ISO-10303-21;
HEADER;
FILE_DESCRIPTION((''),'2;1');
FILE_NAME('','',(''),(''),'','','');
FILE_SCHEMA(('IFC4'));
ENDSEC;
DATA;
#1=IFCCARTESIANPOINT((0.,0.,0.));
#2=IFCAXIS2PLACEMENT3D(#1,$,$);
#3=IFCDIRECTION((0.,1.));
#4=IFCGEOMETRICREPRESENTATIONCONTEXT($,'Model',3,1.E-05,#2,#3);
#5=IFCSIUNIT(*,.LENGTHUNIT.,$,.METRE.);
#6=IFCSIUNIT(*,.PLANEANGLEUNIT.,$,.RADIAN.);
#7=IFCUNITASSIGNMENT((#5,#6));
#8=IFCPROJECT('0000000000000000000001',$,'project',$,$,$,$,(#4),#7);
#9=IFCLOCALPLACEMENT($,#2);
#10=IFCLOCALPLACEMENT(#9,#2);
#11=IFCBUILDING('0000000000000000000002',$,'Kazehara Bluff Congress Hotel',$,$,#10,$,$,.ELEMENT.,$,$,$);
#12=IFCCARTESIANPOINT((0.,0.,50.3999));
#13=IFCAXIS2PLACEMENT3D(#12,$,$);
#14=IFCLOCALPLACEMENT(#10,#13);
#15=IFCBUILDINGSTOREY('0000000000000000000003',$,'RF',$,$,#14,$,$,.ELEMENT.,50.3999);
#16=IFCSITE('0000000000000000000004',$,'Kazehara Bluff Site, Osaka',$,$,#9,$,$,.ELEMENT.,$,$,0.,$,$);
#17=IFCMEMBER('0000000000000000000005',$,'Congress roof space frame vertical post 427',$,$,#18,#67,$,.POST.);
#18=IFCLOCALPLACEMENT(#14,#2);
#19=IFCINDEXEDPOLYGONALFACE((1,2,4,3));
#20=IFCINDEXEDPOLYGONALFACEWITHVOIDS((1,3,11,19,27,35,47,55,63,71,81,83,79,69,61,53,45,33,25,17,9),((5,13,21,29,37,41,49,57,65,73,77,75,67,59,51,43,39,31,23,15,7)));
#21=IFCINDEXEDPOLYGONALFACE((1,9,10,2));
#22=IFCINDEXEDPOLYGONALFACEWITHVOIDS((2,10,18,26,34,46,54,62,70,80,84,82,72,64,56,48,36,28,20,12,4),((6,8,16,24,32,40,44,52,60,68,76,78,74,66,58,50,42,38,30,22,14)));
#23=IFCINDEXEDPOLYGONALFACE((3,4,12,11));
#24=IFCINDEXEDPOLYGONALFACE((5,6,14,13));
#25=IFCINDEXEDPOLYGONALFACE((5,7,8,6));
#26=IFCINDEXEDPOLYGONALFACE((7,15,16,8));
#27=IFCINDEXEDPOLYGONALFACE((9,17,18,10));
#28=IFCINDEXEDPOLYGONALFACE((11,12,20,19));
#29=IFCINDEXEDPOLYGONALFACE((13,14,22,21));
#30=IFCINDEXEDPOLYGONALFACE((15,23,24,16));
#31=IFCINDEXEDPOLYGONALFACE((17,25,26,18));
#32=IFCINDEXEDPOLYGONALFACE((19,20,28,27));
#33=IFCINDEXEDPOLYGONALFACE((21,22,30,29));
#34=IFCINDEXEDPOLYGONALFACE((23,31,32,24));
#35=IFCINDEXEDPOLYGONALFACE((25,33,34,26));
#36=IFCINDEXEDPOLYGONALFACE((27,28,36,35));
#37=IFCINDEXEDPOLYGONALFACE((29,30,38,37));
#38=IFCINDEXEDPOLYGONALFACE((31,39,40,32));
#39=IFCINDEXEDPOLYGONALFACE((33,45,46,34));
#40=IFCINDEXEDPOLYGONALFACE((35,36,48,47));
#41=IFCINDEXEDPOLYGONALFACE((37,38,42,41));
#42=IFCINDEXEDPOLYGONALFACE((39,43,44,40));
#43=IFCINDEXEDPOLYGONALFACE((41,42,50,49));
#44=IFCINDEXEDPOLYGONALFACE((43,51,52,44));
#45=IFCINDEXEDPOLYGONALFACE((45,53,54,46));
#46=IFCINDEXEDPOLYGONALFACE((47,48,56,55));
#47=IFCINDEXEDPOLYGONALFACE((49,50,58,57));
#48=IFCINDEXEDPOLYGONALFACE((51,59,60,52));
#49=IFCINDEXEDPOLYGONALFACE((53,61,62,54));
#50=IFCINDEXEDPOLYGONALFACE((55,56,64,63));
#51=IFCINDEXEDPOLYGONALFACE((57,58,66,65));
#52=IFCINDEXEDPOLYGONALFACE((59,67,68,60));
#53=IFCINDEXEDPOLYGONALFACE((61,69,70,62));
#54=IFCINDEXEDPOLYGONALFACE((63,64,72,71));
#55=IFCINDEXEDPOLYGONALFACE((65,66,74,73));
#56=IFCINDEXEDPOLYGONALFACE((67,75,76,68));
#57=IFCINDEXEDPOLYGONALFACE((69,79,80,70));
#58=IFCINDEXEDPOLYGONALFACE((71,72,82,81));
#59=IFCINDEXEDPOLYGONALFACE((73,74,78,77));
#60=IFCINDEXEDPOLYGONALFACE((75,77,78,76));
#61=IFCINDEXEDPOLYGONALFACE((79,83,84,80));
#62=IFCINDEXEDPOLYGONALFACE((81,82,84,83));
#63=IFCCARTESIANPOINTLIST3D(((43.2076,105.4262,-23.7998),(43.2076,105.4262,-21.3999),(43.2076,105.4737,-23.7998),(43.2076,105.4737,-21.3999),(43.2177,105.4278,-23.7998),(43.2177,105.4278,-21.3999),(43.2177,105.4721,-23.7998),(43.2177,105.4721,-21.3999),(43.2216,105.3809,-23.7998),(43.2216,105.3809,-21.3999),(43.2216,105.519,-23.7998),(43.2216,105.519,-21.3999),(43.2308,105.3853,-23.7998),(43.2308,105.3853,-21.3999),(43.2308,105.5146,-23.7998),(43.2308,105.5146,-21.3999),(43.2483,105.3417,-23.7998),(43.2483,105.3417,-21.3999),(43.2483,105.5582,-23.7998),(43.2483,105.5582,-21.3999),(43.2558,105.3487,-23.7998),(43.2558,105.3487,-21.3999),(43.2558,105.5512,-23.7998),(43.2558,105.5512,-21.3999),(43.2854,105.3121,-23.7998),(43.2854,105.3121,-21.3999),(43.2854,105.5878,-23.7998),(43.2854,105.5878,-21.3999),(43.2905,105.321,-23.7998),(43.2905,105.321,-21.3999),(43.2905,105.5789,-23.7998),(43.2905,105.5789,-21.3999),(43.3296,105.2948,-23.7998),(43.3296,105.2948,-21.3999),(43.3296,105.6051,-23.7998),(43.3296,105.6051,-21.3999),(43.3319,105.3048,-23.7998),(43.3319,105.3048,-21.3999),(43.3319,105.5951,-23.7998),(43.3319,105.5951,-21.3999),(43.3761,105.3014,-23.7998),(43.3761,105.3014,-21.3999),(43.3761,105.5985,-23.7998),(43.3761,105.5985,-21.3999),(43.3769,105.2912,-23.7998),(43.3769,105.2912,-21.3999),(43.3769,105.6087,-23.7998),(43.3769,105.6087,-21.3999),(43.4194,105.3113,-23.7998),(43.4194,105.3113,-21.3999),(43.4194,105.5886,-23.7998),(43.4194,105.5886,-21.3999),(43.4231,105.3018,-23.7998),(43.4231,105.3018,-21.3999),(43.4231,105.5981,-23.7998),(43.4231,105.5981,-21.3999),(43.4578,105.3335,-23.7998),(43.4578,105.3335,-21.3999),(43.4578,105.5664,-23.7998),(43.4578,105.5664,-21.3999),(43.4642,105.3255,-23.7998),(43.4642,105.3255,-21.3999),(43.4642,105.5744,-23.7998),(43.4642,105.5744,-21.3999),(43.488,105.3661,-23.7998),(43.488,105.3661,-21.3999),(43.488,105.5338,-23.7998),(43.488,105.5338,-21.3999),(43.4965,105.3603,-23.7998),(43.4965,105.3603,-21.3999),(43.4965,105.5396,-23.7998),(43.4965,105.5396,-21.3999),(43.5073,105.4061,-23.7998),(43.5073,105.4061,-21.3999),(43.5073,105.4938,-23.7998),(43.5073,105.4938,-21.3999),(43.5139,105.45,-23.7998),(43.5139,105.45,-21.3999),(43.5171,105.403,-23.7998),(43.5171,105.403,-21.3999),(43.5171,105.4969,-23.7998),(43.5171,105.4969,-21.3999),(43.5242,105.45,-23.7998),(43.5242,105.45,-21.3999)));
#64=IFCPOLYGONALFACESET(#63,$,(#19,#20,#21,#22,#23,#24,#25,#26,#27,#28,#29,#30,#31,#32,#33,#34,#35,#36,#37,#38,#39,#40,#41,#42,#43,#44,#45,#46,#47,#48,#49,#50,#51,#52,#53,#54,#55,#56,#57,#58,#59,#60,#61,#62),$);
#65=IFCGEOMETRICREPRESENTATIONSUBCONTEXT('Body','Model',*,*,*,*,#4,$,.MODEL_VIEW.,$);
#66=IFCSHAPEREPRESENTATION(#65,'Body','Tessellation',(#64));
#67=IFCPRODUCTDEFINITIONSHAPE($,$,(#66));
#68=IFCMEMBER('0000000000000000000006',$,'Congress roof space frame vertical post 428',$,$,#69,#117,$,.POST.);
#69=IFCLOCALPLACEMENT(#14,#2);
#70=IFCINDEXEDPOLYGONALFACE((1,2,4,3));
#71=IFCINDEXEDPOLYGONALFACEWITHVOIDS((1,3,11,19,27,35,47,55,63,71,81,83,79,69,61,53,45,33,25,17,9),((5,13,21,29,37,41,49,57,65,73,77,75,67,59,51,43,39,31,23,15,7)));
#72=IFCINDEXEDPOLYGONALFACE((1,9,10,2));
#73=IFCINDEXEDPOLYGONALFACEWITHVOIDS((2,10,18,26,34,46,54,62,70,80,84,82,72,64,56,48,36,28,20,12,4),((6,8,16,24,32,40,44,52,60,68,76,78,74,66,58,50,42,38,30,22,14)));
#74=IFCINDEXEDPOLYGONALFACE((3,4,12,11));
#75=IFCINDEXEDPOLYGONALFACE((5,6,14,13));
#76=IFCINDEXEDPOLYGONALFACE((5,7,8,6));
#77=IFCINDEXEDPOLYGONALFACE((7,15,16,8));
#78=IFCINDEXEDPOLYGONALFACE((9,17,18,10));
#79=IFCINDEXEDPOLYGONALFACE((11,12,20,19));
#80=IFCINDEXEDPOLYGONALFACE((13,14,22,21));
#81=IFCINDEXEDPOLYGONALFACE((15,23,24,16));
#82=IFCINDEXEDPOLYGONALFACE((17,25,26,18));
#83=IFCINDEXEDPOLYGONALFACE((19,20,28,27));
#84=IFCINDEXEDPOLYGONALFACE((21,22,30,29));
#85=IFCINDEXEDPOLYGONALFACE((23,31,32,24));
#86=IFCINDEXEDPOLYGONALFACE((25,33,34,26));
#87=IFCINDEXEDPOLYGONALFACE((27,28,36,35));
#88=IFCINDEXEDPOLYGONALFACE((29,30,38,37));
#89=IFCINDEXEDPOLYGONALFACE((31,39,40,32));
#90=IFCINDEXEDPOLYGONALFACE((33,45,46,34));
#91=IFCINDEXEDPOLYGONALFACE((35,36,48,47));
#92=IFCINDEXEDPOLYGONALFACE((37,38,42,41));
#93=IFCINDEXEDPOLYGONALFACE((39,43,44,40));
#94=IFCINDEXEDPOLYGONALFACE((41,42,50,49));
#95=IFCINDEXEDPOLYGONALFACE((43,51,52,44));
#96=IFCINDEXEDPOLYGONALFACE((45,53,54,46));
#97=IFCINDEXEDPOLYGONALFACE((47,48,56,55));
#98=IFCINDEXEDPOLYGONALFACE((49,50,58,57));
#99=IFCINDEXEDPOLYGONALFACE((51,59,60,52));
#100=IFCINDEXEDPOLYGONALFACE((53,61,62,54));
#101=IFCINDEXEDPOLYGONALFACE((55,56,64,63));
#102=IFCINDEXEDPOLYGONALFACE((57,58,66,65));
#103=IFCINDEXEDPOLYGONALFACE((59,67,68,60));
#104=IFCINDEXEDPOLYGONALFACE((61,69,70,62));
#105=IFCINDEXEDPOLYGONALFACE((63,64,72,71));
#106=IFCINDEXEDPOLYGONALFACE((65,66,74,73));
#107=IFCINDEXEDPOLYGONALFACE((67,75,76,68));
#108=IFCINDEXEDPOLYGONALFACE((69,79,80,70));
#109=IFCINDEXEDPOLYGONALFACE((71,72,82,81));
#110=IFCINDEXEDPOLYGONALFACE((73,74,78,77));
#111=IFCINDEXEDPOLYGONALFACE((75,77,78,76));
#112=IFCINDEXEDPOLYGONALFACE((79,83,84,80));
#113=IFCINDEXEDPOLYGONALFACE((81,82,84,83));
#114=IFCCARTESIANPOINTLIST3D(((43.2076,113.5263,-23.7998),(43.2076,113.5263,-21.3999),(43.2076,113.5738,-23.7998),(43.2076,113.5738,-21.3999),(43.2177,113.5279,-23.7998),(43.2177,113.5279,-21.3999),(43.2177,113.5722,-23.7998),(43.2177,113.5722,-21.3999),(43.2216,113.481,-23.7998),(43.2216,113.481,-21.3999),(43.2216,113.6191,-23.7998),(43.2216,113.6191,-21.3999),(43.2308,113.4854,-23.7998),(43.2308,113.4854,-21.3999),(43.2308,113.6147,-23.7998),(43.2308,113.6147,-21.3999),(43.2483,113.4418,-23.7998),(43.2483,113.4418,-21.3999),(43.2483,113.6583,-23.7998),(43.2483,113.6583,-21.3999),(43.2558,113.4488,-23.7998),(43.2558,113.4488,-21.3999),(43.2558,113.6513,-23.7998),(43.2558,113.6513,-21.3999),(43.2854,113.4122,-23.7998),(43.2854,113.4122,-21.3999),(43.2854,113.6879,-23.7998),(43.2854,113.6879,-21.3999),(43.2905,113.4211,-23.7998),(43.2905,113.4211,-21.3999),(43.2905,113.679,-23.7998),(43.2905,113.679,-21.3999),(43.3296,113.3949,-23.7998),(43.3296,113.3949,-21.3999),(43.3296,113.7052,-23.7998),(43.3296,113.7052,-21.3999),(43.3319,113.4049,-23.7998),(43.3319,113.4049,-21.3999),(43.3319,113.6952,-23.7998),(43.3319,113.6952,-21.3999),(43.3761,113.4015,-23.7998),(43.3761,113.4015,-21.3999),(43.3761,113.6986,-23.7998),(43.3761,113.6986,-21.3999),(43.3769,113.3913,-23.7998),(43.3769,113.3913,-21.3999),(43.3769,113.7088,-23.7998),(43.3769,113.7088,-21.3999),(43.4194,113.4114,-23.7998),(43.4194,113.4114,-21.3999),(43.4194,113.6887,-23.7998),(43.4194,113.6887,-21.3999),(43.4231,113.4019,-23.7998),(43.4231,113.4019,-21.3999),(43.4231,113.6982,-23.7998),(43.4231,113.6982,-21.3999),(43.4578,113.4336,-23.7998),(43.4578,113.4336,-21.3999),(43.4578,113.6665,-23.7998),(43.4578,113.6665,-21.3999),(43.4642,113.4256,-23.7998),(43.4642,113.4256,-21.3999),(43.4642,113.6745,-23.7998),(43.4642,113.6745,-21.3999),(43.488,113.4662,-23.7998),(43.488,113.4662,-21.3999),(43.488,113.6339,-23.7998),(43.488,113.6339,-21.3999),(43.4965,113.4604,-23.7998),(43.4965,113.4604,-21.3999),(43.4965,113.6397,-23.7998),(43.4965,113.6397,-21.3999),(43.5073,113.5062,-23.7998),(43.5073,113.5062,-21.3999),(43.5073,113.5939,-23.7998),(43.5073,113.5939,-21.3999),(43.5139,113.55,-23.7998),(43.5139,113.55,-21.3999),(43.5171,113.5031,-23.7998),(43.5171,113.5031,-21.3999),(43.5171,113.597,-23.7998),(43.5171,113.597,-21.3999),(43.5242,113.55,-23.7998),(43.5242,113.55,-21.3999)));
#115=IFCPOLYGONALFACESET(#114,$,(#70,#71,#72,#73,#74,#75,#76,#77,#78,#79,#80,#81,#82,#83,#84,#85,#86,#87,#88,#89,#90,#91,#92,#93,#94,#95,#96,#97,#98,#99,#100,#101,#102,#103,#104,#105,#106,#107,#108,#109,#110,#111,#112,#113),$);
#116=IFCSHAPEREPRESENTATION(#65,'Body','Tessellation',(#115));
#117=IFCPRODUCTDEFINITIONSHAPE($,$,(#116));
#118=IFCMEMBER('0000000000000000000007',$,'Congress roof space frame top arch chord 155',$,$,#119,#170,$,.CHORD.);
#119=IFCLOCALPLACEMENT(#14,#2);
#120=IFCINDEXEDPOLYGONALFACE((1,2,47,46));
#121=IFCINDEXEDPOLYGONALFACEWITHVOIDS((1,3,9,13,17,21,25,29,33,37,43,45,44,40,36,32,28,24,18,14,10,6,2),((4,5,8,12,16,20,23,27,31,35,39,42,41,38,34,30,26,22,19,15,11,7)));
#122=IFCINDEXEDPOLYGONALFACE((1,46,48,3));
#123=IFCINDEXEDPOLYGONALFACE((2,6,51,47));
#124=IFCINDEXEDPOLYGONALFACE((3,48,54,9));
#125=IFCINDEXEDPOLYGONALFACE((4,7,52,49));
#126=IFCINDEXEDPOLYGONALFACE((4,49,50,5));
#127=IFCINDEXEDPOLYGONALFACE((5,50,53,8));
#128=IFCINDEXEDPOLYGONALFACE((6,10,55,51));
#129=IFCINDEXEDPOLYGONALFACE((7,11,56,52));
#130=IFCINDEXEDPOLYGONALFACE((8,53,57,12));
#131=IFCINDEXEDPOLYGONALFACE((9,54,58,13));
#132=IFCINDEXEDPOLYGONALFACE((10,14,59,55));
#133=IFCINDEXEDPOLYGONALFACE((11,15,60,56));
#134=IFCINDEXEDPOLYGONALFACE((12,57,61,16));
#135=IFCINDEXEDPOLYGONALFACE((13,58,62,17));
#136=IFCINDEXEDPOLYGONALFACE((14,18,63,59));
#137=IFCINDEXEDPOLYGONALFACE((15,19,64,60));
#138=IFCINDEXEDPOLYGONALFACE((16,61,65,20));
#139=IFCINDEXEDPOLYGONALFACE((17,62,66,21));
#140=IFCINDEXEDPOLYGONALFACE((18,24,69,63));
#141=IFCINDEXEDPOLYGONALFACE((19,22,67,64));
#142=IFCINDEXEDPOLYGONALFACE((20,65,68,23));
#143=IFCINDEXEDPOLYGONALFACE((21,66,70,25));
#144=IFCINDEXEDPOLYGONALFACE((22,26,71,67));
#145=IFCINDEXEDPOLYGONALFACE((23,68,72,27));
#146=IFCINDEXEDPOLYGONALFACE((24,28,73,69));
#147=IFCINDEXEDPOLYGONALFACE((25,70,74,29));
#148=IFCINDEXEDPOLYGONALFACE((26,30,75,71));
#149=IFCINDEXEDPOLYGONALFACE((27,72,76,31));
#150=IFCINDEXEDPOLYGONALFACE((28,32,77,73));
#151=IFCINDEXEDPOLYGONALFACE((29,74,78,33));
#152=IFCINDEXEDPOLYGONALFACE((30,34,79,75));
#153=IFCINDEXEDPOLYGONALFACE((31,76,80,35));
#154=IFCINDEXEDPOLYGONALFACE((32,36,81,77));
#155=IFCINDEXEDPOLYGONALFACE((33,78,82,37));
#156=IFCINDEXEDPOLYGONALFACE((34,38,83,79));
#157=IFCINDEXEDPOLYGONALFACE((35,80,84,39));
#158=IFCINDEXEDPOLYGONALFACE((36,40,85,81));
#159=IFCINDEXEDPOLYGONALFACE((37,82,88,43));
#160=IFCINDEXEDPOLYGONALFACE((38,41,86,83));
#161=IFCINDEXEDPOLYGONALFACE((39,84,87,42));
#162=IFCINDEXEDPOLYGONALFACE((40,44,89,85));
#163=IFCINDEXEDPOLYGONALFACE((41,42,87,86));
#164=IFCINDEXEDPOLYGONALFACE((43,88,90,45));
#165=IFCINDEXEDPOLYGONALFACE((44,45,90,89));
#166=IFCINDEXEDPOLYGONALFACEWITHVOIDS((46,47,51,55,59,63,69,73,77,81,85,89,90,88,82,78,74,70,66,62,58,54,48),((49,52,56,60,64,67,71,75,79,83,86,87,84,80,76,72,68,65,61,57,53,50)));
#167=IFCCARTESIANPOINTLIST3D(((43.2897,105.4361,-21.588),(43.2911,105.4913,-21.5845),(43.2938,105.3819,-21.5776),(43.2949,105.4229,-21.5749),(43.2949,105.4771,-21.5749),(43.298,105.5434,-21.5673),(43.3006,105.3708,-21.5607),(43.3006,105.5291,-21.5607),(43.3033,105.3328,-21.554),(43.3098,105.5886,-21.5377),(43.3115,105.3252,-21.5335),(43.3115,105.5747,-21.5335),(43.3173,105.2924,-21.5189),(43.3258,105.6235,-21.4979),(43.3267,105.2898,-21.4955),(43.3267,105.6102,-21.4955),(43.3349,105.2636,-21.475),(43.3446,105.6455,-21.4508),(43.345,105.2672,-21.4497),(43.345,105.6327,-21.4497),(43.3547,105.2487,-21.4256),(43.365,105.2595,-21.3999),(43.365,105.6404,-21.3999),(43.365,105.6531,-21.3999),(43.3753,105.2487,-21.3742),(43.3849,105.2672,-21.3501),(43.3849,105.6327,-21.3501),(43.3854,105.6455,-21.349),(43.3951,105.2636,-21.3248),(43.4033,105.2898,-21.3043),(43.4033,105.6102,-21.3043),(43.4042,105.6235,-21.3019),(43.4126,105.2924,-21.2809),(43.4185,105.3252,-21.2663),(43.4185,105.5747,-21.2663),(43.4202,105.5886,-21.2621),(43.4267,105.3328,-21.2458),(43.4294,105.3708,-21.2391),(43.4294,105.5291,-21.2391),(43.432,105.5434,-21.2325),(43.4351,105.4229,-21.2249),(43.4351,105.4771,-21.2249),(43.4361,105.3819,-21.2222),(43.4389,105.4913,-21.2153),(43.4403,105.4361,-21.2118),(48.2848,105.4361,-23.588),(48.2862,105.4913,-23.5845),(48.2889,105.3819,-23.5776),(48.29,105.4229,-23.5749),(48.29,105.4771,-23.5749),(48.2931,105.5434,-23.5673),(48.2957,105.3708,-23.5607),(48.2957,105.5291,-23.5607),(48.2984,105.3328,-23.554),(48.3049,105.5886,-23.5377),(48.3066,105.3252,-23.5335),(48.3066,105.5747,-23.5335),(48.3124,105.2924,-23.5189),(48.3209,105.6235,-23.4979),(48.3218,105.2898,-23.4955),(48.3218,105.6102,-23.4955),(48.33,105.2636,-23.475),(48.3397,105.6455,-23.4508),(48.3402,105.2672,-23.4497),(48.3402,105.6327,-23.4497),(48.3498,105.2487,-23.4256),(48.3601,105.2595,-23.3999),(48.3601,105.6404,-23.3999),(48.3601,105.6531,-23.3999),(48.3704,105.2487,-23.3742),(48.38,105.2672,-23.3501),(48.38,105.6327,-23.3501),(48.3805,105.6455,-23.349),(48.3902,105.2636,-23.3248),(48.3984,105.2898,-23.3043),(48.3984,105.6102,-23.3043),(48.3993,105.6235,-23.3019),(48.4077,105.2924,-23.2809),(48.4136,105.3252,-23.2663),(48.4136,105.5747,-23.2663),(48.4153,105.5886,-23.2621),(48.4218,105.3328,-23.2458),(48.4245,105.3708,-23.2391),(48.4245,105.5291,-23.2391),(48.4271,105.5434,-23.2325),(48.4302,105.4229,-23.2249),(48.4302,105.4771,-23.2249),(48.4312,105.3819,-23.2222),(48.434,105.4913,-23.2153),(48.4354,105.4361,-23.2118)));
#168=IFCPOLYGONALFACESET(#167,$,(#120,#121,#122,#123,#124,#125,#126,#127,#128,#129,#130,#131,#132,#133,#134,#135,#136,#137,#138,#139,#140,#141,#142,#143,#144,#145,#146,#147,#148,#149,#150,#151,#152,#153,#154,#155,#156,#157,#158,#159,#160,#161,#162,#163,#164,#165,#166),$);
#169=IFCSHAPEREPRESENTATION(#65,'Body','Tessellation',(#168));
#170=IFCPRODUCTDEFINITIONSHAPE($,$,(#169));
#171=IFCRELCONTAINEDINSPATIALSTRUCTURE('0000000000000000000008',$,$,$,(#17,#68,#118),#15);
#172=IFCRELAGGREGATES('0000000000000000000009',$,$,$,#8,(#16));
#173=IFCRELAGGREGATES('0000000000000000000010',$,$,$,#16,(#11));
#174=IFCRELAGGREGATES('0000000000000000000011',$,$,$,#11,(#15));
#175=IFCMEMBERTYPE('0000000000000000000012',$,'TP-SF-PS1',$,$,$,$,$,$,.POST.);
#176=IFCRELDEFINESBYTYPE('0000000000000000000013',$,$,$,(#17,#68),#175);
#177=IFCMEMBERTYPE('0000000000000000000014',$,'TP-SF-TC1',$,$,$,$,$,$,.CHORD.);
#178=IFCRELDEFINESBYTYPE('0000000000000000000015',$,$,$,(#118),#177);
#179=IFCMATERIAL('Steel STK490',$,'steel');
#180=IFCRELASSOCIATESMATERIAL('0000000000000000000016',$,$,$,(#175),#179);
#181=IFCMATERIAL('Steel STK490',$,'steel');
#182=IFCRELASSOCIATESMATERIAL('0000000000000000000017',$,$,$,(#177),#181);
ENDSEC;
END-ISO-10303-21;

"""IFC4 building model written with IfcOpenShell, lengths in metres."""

from ifc_helpers import new_model, si_unit, direction, frame, origin, origin_2d, place, context, subcontext, project, spatial, hollow_circle, extrude, material, material_profile, profile_set, type_object, element, save


model = new_model("IFC4")

# Units and contexts
model_context = context("Model", 3, precision=1e-05, world=origin(), true_north=direction((0.0, 1.0)))
body_context = subcontext(model_context, "Body", "Model", "MODEL_VIEW")
ifc_project = project(units=[si_unit("LENGTHUNIT", "METRE"), si_unit("PLANEANGLEUNIT", "RADIAN")], contexts=[model_context])

# Site, building, storey
site_placement = place(None, origin())
site = spatial("IfcSite", under=ifc_project, at=site_placement, Name="Kazehara Bluff Site, Osaka", CompositionType="ELEMENT", RefElevation=0.0)
building_placement = place(site_placement, origin())
building = spatial("IfcBuilding", under=site, at=building_placement, Name="Kazehara Bluff Congress Hotel", CompositionType="ELEMENT")
storey_placement = place(building_placement, frame((0.0, 0.0, 50.3999)))
storey = spatial("IfcBuildingStorey", under=building, at=storey_placement, Name="RF", CompositionType="ELEMENT", Elevation=50.3999)

# Members
ifc_material_1 = material(Name="Steel STK490", Category="steel")
ifc_material_profile_1 = material_profile(ifc_material_1, hollow_circle(Radius=0.1592, WallThickness=0.0103, at=origin_2d()))
ifc_profile_set_1 = profile_set([ifc_material_profile_1], Name="Steel STK490")
member_type_1 = type_object("IfcMemberType", Name="TP-SF-PS1", PredefinedType="POST", material=ifc_profile_set_1)
for number, where, z_axis, x_axis, name in (
    (1, (43.365, 105.45, -23.7998), (0.0, 0.0, 1.0), (1.0, 0.0, 0.0), "Congress roof space frame vertical post 427"),
    (2, (43.365, 113.55, -23.7998), (0.0, 0.0, 1.0), (1.0, 0.0, 0.0), "Congress roof space frame vertical post 428"),
):
    element("IfcMember", number, at=place(storey_placement, frame(where, z_axis=z_axis, x_axis=x_axis)), inside=storey, type_object=member_type_1, Name=name, PredefinedType="POST", context=body_context, shape_type="SweptSolid", body=[
        extrude(hollow_circle(Radius=0.1592, WallThickness=0.0103, at=origin_2d()), origin(), (0.0, 0.0, 1.0), 2.3999),
    ])
ifc_material_2 = material(Name="Steel STK490", Category="steel")
ifc_material_profile_2 = material_profile(ifc_material_2, hollow_circle(Radius=0.2031, WallThickness=0.0127, at=origin_2d()))
ifc_profile_set_2 = profile_set([ifc_material_profile_2], Name="Steel STK490")
member_type_2 = type_object("IfcMemberType", Name="TP-SF-TC1", PredefinedType="CHORD", material=ifc_profile_set_2)
member_1_placement = place(storey_placement, frame((43.365, 105.45, -21.3999), z_axis=(0.928351, 0.0, -0.371704), x_axis=(0.0, 1.0, 0.0)))
element("IfcMember", 3, at=member_1_placement, inside=storey, type_object=member_type_2, Name="Congress roof space frame top arch chord 155", PredefinedType="CHORD", context=body_context, shape_type="SweptSolid", body=[
    extrude(hollow_circle(Radius=0.2031, WallThickness=0.0127, at=origin_2d()), origin(), (0.0, 0.0, 1.0), 5.3806),
])

save(model, "model.ifc")
